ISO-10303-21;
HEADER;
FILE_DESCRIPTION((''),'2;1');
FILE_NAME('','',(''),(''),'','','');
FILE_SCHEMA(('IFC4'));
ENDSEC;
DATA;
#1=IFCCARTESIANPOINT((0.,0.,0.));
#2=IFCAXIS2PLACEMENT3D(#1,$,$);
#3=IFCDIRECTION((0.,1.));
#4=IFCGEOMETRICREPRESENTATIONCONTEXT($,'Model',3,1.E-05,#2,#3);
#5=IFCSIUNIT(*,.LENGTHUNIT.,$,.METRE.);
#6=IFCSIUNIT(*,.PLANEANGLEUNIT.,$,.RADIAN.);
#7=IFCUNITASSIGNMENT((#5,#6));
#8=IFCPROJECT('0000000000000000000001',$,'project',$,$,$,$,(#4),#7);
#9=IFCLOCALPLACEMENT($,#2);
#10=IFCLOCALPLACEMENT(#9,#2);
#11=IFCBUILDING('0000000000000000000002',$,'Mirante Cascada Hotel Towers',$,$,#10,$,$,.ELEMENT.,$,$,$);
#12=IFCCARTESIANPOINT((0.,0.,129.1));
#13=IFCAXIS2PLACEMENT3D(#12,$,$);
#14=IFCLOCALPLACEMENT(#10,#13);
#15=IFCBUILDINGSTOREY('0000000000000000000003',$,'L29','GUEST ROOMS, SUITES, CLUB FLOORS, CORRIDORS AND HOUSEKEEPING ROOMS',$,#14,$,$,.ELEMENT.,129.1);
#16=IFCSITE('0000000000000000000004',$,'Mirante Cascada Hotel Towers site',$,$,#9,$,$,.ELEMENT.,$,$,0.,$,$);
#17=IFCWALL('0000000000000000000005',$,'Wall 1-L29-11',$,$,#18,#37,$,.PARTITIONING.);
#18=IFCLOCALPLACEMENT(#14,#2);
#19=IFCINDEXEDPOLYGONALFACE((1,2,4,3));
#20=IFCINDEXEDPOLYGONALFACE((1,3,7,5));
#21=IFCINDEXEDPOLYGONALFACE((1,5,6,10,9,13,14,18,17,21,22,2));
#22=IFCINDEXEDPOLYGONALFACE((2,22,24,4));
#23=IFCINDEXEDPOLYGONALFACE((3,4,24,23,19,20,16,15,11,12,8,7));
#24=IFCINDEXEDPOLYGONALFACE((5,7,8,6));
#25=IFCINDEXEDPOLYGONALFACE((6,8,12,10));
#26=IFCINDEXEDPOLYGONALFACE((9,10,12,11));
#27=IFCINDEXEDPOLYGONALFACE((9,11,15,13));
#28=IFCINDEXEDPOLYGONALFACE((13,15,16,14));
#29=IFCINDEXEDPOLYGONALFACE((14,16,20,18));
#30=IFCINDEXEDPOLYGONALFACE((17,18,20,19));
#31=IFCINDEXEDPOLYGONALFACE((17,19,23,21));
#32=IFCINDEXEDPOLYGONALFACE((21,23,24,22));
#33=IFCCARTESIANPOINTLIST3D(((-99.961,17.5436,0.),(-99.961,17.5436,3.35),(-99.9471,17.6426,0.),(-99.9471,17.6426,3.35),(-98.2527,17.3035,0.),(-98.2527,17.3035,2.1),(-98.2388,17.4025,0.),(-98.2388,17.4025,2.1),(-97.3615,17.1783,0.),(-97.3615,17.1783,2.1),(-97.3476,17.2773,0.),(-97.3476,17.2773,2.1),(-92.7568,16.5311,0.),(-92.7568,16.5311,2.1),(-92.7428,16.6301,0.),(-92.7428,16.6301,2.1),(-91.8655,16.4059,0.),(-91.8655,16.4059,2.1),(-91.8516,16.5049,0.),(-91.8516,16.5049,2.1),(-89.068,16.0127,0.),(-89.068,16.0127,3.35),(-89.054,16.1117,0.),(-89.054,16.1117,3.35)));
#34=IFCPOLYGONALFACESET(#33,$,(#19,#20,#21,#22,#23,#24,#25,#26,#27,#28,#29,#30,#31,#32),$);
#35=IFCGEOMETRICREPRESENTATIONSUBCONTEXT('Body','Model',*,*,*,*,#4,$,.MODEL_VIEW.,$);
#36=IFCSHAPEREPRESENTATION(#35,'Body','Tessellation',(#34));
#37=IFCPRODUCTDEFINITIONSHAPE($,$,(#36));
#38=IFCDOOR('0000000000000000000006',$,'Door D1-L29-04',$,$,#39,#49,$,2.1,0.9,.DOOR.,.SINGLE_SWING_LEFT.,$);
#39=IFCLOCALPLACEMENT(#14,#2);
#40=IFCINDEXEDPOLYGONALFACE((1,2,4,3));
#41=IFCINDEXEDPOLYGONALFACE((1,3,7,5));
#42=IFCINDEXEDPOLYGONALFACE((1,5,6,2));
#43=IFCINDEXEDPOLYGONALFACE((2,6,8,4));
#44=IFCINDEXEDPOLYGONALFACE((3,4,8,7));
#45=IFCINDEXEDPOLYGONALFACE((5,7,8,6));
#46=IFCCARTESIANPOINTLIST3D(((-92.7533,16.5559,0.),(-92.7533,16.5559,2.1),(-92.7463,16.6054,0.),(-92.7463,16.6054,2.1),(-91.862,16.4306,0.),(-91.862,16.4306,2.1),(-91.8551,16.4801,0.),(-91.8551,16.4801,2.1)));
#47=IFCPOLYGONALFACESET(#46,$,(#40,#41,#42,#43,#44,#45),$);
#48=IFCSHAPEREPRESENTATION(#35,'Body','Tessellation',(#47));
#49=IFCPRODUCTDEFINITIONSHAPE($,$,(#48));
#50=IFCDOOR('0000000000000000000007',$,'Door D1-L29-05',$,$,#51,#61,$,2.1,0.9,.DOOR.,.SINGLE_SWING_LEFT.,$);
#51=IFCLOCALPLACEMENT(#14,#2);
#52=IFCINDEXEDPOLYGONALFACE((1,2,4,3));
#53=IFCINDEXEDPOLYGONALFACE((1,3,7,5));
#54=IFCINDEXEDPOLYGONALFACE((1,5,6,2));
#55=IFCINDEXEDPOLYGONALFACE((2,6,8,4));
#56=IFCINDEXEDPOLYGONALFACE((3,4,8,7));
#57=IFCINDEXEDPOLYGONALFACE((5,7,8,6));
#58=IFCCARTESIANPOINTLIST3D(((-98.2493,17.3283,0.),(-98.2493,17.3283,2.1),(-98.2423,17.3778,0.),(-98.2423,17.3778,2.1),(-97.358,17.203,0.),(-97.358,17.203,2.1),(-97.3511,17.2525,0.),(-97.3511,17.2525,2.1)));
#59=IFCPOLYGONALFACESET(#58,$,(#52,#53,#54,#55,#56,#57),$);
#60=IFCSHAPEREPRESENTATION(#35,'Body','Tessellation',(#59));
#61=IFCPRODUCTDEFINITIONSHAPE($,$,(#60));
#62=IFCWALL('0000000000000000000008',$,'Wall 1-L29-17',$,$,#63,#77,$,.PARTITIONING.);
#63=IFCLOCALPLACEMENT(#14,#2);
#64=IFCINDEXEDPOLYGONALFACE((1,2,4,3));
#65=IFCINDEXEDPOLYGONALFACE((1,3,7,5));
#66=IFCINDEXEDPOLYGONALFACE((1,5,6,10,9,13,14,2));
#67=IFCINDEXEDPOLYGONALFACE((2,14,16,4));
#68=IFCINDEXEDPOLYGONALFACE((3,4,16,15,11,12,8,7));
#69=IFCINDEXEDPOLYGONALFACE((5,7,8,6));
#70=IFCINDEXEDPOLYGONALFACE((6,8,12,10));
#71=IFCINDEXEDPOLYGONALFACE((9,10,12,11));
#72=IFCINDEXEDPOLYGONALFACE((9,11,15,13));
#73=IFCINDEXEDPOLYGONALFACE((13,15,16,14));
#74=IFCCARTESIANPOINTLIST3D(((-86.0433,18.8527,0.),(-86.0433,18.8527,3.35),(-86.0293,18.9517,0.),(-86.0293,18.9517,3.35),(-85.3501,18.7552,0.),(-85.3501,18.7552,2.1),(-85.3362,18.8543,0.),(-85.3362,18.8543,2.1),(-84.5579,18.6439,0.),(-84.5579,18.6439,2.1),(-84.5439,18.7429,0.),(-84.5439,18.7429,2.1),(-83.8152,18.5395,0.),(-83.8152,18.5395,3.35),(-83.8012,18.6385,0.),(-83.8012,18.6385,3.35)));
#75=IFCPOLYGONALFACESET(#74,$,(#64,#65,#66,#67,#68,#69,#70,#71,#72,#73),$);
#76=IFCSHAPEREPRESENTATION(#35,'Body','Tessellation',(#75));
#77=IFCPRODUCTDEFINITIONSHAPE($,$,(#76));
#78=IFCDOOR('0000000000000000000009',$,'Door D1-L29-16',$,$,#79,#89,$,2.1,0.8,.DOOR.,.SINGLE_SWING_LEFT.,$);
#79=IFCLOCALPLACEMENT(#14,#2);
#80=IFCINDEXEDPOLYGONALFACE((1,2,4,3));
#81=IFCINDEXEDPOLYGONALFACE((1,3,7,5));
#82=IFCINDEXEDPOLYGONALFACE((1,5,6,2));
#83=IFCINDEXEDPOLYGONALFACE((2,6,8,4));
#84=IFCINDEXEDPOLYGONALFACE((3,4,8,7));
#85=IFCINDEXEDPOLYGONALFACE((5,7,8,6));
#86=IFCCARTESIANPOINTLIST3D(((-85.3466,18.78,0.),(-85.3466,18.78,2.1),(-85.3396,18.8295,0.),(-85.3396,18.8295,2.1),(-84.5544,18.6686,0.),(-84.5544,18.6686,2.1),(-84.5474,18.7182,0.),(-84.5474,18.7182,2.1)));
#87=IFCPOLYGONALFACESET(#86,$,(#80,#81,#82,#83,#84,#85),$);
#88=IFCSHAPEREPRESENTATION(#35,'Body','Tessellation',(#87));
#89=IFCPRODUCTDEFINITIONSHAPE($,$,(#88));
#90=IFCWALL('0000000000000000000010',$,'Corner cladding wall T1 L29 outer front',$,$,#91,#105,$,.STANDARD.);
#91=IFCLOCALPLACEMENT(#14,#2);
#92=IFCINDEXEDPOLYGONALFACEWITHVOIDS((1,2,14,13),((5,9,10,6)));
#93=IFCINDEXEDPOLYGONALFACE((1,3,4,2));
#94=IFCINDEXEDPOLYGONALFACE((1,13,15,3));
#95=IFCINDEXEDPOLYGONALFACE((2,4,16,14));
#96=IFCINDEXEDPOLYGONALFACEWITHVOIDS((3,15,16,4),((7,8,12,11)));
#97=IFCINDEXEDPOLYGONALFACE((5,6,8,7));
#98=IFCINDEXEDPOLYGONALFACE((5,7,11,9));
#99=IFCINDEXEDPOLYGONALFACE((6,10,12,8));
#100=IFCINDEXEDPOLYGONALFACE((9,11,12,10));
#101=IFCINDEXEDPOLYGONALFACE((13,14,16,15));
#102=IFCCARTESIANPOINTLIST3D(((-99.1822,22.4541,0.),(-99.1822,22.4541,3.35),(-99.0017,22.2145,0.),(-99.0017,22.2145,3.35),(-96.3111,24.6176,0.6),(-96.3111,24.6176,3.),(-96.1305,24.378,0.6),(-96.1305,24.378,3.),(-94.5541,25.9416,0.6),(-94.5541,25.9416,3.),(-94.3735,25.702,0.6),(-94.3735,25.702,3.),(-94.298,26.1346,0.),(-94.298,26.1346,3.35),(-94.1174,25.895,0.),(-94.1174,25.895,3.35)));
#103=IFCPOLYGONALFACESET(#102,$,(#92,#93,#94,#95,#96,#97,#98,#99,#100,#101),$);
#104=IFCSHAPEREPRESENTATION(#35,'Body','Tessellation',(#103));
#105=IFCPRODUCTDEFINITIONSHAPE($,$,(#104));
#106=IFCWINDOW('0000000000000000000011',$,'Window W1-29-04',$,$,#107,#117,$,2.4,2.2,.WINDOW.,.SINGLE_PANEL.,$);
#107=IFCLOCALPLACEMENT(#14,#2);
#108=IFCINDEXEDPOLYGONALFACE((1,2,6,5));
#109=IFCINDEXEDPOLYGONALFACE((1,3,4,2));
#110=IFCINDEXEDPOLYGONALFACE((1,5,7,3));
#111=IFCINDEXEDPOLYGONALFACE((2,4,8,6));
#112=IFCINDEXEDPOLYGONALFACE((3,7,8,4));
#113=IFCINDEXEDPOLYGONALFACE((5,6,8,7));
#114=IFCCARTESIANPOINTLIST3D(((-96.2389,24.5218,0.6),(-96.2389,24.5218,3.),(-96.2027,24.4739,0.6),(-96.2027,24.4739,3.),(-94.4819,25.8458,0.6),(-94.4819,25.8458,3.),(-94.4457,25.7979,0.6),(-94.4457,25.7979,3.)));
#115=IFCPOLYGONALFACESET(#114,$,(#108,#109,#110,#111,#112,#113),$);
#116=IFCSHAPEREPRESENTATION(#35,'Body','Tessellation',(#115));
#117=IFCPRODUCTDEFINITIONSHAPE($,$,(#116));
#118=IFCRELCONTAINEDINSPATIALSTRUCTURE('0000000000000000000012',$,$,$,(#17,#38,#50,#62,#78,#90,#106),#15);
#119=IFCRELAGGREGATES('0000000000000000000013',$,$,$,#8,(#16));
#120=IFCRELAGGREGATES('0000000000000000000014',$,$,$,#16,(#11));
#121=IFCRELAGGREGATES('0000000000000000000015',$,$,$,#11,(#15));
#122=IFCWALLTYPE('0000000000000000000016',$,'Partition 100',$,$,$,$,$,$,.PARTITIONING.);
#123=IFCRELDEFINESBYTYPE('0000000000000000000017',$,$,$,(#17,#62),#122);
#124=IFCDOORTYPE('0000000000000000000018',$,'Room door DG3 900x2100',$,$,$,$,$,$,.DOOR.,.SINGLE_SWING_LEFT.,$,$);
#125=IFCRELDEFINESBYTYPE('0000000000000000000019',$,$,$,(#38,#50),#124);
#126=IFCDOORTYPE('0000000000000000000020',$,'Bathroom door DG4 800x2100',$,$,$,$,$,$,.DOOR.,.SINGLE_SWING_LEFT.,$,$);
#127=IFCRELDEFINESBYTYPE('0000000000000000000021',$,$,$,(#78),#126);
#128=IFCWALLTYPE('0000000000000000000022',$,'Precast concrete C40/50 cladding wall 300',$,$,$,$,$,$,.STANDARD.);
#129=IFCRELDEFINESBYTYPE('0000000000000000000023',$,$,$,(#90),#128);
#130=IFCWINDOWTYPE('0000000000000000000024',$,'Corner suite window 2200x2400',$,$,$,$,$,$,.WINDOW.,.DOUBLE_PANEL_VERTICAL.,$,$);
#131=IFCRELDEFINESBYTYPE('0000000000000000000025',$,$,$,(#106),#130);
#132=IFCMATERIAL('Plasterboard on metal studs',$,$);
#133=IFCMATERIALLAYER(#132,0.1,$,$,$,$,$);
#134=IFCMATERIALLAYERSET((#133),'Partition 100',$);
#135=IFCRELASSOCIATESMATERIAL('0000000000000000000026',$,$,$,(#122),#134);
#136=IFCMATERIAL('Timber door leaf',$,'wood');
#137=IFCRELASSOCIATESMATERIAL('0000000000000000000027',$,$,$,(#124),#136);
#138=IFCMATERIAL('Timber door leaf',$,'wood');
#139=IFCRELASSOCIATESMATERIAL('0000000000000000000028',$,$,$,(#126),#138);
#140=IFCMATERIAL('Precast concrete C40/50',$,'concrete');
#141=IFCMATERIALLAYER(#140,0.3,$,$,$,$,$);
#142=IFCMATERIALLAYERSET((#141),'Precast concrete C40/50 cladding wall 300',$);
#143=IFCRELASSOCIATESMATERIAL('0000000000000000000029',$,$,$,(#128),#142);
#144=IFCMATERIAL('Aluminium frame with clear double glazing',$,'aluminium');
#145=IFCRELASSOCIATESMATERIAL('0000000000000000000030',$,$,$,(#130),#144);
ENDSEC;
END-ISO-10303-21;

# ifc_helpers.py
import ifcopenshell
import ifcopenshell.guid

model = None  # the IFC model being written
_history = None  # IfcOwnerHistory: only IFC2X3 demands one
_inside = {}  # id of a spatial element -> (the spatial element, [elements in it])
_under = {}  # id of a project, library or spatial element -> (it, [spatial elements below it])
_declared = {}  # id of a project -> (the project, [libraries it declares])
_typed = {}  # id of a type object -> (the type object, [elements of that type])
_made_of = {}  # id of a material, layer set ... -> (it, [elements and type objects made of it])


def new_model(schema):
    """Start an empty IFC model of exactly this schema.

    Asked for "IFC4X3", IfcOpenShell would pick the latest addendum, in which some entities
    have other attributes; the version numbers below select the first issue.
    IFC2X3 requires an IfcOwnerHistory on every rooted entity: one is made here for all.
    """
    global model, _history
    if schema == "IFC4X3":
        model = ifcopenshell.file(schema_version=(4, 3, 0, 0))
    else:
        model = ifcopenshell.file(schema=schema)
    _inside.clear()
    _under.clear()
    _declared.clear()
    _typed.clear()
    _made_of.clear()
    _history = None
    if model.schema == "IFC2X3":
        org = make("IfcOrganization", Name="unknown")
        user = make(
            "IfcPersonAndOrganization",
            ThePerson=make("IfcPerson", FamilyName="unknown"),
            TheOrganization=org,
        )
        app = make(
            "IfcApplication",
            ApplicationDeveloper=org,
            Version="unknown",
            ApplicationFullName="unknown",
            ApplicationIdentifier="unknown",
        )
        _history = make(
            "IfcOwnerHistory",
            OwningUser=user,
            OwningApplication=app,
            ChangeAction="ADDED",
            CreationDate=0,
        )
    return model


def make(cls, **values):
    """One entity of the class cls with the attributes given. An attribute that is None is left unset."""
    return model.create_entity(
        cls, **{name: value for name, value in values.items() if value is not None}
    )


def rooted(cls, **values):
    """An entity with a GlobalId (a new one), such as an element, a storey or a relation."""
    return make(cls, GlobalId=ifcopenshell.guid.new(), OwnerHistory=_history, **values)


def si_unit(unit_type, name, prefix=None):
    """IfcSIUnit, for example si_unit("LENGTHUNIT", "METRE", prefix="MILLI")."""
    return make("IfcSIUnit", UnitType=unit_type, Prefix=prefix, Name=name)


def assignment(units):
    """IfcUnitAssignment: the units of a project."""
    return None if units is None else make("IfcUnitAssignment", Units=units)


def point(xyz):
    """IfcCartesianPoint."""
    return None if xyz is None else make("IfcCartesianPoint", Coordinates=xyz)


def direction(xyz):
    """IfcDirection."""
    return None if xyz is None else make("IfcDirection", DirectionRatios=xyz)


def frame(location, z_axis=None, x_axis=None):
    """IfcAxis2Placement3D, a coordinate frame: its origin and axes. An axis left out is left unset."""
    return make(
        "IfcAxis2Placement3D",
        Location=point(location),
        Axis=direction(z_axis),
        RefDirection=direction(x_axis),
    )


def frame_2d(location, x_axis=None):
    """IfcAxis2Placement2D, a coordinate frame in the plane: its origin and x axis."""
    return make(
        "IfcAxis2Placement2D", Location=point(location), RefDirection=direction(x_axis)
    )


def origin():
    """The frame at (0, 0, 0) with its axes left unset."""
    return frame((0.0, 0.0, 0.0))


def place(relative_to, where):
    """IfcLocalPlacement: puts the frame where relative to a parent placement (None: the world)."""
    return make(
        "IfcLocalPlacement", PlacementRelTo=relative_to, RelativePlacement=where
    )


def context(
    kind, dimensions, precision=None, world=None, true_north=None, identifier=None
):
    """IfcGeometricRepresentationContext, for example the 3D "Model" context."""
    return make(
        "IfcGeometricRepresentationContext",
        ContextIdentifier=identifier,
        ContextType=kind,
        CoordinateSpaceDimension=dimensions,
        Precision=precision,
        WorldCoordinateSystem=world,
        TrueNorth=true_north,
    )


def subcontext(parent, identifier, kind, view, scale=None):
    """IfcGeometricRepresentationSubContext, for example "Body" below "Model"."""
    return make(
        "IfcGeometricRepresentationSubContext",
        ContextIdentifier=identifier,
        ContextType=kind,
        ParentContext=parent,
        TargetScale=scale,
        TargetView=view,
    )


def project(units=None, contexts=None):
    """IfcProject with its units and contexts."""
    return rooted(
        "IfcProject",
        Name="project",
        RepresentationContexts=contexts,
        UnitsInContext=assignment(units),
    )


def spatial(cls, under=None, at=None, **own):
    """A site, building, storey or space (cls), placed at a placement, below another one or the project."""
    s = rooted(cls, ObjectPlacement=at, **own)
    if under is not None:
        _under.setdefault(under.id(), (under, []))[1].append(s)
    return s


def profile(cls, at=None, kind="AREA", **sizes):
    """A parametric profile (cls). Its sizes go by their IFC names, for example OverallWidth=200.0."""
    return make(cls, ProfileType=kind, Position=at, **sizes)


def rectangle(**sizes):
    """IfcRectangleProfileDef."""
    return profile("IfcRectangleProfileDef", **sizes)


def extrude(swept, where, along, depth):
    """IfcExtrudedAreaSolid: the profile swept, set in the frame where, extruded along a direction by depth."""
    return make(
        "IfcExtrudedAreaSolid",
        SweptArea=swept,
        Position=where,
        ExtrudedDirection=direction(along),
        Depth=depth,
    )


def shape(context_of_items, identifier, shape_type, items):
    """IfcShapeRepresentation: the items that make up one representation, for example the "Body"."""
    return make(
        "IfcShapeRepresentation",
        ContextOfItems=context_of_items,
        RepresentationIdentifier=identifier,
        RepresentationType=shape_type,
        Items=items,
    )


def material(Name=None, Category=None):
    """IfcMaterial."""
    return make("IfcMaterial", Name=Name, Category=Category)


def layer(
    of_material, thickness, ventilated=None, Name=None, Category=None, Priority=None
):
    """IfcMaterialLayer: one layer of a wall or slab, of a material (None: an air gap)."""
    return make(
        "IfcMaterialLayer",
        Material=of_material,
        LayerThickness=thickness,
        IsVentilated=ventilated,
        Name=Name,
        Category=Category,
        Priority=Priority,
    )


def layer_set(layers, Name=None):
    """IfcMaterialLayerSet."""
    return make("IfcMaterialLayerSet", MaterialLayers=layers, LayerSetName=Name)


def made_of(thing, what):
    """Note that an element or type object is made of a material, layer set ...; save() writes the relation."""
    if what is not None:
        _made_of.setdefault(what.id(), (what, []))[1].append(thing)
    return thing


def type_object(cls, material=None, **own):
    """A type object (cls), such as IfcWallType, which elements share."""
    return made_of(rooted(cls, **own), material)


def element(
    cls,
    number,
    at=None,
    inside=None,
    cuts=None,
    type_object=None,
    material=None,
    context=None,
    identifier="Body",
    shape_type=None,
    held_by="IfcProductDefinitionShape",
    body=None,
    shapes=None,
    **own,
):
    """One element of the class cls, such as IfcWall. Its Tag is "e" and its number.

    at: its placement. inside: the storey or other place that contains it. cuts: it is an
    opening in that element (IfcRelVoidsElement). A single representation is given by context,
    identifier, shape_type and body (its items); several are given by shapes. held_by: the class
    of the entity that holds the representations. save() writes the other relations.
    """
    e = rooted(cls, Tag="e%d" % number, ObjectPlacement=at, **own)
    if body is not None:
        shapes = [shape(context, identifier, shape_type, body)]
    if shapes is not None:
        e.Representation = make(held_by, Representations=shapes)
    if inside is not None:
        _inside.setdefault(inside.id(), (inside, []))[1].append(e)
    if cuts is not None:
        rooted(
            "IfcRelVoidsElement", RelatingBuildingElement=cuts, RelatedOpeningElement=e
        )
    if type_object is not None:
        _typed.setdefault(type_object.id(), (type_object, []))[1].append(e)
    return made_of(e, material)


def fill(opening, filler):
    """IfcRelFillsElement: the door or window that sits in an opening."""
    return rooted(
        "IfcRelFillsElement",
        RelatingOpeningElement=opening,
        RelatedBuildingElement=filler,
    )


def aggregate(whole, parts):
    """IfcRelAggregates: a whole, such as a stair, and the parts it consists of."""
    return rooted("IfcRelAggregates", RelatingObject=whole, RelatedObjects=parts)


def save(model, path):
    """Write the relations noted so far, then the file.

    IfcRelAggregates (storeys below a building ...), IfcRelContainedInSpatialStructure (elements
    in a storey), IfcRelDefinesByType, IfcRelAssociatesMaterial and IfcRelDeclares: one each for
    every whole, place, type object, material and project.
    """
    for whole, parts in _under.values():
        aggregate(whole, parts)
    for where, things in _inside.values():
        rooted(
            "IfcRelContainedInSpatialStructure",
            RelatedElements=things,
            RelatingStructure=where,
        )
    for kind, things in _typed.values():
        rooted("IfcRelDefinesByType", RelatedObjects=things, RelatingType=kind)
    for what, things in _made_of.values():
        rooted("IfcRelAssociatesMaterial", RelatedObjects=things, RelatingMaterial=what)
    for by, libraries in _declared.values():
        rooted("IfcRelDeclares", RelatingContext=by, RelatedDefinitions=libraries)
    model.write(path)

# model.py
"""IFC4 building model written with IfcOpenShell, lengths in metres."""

from ifc_helpers import new_model, si_unit, direction, frame, frame_2d, origin, place, context, subcontext, project, spatial, rectangle, extrude, material, layer, layer_set, type_object, element, fill, save


model = new_model("IFC4")

# Units and contexts
model_context = context("Model", 3, precision=1e-05, world=origin(), true_north=direction((0.0, 1.0)))
body_context = subcontext(model_context, "Body", "Model", "MODEL_VIEW")
ifc_project = project(units=[si_unit("LENGTHUNIT", "METRE"), si_unit("PLANEANGLEUNIT", "RADIAN")], contexts=[model_context])

# Site, building, storey
site_placement = place(None, origin())
site = spatial("IfcSite", under=ifc_project, at=site_placement, Name="Mirante Cascada Hotel Towers site", CompositionType="ELEMENT", RefElevation=0.0)
building_placement = place(site_placement, origin())
building = spatial("IfcBuilding", under=site, at=building_placement, Name="Mirante Cascada Hotel Towers", CompositionType="ELEMENT")
storey_placement = place(building_placement, frame((0.0, 0.0, 129.1)))
storey = spatial("IfcBuildingStorey", under=building, at=storey_placement, Name="L29", Description="GUEST ROOMS, SUITES, CLUB FLOORS, CORRIDORS AND HOUSEKEEPING ROOMS", CompositionType="ELEMENT", Elevation=129.1)

# Wall, openings, doors
ifc_material_1 = material(Name="Plasterboard on metal studs")
ifc_layer_1 = layer(ifc_material_1, 0.1)
ifc_layer_set_1 = layer_set([ifc_layer_1], Name="Partition 100")
wall_type_1 = type_object("IfcWallType", Name="Partition 100", PredefinedType="PARTITIONING", material=ifc_layer_set_1)
wall_1_placement = place(storey_placement, frame((-99.954, 17.5931, 0.0), z_axis=(0.0, 0.0, 1.0), x_axis=(0.990268, -0.139172, 0.0)))
wall_1 = element("IfcWall", 1, at=wall_1_placement, inside=storey, type_object=wall_type_1, Name="Wall 1-L29-11", PredefinedType="PARTITIONING", context=body_context, shape_type="SweptSolid", body=[
    extrude(rectangle(XDim=11.0001, YDim=0.1, at=frame_2d((5.5, 0.0))), origin(), (0.0, 0.0, 1.0), 3.35),
])
opening_1_placement = place(wall_1_placement, frame((7.275, 0.0, 0.0)))
opening_1 = element("IfcOpeningElement", 2, at=opening_1_placement, cuts=wall_1, PredefinedType="OPENING", context=body_context, shape_type="SweptSolid", body=[
    extrude(rectangle(XDim=0.9, YDim=2.1, at=frame_2d((0.45, 1.05))), frame((0.0, 0.05, 0.0), z_axis=(0.0, -1.0, 0.0), x_axis=(1.0, 0.0, 0.0)), (0.0, 0.0, 1.0), 0.1),
])
opening_2_placement = place(wall_1_placement, frame((1.725, 0.0, 0.0)))
opening_2 = element("IfcOpeningElement", 3, at=opening_2_placement, cuts=wall_1, PredefinedType="OPENING", context=body_context, shape_type="SweptSolid", body=[
    extrude(rectangle(XDim=0.9, YDim=2.1, at=frame_2d((0.45, 1.05))), frame((0.0, 0.05, 0.0), z_axis=(0.0, -1.0, 0.0), x_axis=(1.0, 0.0, 0.0)), (0.0, 0.0, 1.0), 0.1),
])
ifc_material_2 = material(Name="Timber door leaf", Category="wood")
door_type_1 = type_object("IfcDoorType", Name="Room door DG3 900x2100", OperationType="SINGLE_SWING_LEFT", PredefinedType="DOOR", material=ifc_material_2)
door_1_placement = place(opening_1_placement, origin())
door_1 = element("IfcDoor", 4, at=door_1_placement, inside=storey, type_object=door_type_1, Name="Door D1-L29-04", OperationType="SINGLE_SWING_LEFT", OverallHeight=2.1, OverallWidth=0.9, PredefinedType="DOOR", context=body_context, shape_type="SweptSolid", body=[
    extrude(rectangle(XDim=0.9, YDim=2.1, at=frame_2d((0.45, 1.05))), frame((0.0, 0.025, 0.0), z_axis=(0.0, -1.0, 0.0), x_axis=(1.0, 0.0, 0.0)), (0.0, 0.0, 1.0), 0.05),
])
fill(opening_1, door_1)
door_2_placement = place(opening_2_placement, origin())
door_2 = element("IfcDoor", 5, at=door_2_placement, inside=storey, type_object=door_type_1, Name="Door D1-L29-05", OperationType="SINGLE_SWING_LEFT", OverallHeight=2.1, OverallWidth=0.9, PredefinedType="DOOR", context=body_context, shape_type="SweptSolid", body=[
    extrude(rectangle(XDim=0.9, YDim=2.1, at=frame_2d((0.45, 1.05))), frame((0.0, 0.025, 0.0), z_axis=(0.0, -1.0, 0.0), x_axis=(1.0, 0.0, 0.0)), (0.0, 0.0, 1.0), 0.05),
])
fill(opening_2, door_2)

# Wall, opening, door
wall_2_placement = place(storey_placement, frame((-86.0363, 18.9022, 0.0), z_axis=(0.0, 0.0, 1.0), x_axis=(0.990264, -0.1392, 0.0)))
wall_2 = element("IfcWall", 6, at=wall_2_placement, inside=storey, type_object=wall_type_1, Name="Wall 1-L29-17", PredefinedType="PARTITIONING", context=body_context, shape_type="SweptSolid", body=[
    extrude(rectangle(XDim=2.25, YDim=0.1, at=frame_2d((1.125, 0.0))), origin(), (0.0, 0.0, 1.0), 3.35),
])
opening_3_placement = place(wall_2_placement, frame((0.7, 0.0, 0.0)))
opening_3 = element("IfcOpeningElement", 7, at=opening_3_placement, cuts=wall_2, PredefinedType="OPENING", context=body_context, shape_type="SweptSolid", body=[
    extrude(rectangle(XDim=0.8, YDim=2.1, at=frame_2d((0.4, 1.05))), frame((0.0, 0.05, 0.0), z_axis=(0.0, -1.0, 0.0), x_axis=(1.0, 0.0, 0.0)), (0.0, 0.0, 1.0), 0.1),
])
ifc_material_3 = material(Name="Timber door leaf", Category="wood")
door_type_2 = type_object("IfcDoorType", Name="Bathroom door DG4 800x2100", OperationType="SINGLE_SWING_LEFT", PredefinedType="DOOR", material=ifc_material_3)
door_3_placement = place(opening_3_placement, origin())
door_3 = element("IfcDoor", 8, at=door_3_placement, inside=storey, type_object=door_type_2, Name="Door D1-L29-16", OperationType="SINGLE_SWING_LEFT", OverallHeight=2.1, OverallWidth=0.8, PredefinedType="DOOR", context=body_context, shape_type="SweptSolid", body=[
    extrude(rectangle(XDim=0.8, YDim=2.1, at=frame_2d((0.4, 1.05))), frame((0.0, 0.025, 0.0), z_axis=(0.0, -1.0, 0.0), x_axis=(1.0, 0.0, 0.0)), (0.0, 0.0, 1.0), 0.05),
])
fill(opening_3, door_3)

# Wall, opening, window
ifc_material_4 = material(Name="Precast concrete C40/50", Category="concrete")
ifc_layer_2 = layer(ifc_material_4, 0.3)
ifc_layer_set_2 = layer_set([ifc_layer_2], Name="Precast concrete C40/50 cladding wall 300")
wall_type_2 = type_object("IfcWallType", Name="Precast concrete C40/50 cladding wall 300", PredefinedType="STANDARD", material=ifc_layer_set_2)
wall_3_placement = place(storey_placement, frame((-99.0919, 22.3343, 0.0), z_axis=(0.0, 0.0, 1.0), x_axis=(0.798636, 0.601814, 0.0)))
wall_3 = element("IfcWall", 9, at=wall_3_placement, inside=storey, type_object=wall_type_2, Name="Corner cladding wall T1 L29 outer front", PredefinedType="STANDARD", context=body_context, shape_type="SweptSolid", body=[
    extrude(rectangle(XDim=6.1157, YDim=0.3, at=frame_2d((3.0578, 0.0))), origin(), (0.0, 0.0, 1.0), 3.35),
])
opening_4_placement = place(wall_3_placement, frame((3.595, 0.0, 0.6)))
opening_4 = element("IfcOpeningElement", 10, at=opening_4_placement, cuts=wall_3, PredefinedType="OPENING", context=body_context, shape_type="SweptSolid", body=[
    extrude(rectangle(XDim=2.2, YDim=2.4, at=frame_2d((1.1, 1.2))), frame((0.0, 0.15, 0.0), z_axis=(0.0, -1.0, 0.0), x_axis=(1.0, 0.0, 0.0)), (0.0, 0.0, 1.0), 0.3),
])
ifc_material_5 = material(Name="Aluminium frame with clear double glazing", Category="aluminium")
window_type = type_object("IfcWindowType", Name="Corner suite window 2200x2400", PartitioningType="DOUBLE_PANEL_VERTICAL", PredefinedType="WINDOW", material=ifc_material_5)
window_placement = place(opening_4_placement, origin())
window = element("IfcWindow", 11, at=window_placement, inside=storey, type_object=window_type, Name="Window W1-29-04", OverallHeight=2.4, OverallWidth=2.2, PartitioningType="SINGLE_PANEL", PredefinedType="WINDOW", context=body_context, shape_type="SweptSolid", body=[
    extrude(rectangle(XDim=2.2, YDim=2.4, at=frame_2d((1.1, 1.2))), frame((0.0, 0.03, 0.0), z_axis=(0.0, -1.0, 0.0), x_axis=(1.0, 0.0, 0.0)), (0.0, 0.0, 1.0), 0.06),
])
fill(opening_4, window)

save(model, "model.ifc")
